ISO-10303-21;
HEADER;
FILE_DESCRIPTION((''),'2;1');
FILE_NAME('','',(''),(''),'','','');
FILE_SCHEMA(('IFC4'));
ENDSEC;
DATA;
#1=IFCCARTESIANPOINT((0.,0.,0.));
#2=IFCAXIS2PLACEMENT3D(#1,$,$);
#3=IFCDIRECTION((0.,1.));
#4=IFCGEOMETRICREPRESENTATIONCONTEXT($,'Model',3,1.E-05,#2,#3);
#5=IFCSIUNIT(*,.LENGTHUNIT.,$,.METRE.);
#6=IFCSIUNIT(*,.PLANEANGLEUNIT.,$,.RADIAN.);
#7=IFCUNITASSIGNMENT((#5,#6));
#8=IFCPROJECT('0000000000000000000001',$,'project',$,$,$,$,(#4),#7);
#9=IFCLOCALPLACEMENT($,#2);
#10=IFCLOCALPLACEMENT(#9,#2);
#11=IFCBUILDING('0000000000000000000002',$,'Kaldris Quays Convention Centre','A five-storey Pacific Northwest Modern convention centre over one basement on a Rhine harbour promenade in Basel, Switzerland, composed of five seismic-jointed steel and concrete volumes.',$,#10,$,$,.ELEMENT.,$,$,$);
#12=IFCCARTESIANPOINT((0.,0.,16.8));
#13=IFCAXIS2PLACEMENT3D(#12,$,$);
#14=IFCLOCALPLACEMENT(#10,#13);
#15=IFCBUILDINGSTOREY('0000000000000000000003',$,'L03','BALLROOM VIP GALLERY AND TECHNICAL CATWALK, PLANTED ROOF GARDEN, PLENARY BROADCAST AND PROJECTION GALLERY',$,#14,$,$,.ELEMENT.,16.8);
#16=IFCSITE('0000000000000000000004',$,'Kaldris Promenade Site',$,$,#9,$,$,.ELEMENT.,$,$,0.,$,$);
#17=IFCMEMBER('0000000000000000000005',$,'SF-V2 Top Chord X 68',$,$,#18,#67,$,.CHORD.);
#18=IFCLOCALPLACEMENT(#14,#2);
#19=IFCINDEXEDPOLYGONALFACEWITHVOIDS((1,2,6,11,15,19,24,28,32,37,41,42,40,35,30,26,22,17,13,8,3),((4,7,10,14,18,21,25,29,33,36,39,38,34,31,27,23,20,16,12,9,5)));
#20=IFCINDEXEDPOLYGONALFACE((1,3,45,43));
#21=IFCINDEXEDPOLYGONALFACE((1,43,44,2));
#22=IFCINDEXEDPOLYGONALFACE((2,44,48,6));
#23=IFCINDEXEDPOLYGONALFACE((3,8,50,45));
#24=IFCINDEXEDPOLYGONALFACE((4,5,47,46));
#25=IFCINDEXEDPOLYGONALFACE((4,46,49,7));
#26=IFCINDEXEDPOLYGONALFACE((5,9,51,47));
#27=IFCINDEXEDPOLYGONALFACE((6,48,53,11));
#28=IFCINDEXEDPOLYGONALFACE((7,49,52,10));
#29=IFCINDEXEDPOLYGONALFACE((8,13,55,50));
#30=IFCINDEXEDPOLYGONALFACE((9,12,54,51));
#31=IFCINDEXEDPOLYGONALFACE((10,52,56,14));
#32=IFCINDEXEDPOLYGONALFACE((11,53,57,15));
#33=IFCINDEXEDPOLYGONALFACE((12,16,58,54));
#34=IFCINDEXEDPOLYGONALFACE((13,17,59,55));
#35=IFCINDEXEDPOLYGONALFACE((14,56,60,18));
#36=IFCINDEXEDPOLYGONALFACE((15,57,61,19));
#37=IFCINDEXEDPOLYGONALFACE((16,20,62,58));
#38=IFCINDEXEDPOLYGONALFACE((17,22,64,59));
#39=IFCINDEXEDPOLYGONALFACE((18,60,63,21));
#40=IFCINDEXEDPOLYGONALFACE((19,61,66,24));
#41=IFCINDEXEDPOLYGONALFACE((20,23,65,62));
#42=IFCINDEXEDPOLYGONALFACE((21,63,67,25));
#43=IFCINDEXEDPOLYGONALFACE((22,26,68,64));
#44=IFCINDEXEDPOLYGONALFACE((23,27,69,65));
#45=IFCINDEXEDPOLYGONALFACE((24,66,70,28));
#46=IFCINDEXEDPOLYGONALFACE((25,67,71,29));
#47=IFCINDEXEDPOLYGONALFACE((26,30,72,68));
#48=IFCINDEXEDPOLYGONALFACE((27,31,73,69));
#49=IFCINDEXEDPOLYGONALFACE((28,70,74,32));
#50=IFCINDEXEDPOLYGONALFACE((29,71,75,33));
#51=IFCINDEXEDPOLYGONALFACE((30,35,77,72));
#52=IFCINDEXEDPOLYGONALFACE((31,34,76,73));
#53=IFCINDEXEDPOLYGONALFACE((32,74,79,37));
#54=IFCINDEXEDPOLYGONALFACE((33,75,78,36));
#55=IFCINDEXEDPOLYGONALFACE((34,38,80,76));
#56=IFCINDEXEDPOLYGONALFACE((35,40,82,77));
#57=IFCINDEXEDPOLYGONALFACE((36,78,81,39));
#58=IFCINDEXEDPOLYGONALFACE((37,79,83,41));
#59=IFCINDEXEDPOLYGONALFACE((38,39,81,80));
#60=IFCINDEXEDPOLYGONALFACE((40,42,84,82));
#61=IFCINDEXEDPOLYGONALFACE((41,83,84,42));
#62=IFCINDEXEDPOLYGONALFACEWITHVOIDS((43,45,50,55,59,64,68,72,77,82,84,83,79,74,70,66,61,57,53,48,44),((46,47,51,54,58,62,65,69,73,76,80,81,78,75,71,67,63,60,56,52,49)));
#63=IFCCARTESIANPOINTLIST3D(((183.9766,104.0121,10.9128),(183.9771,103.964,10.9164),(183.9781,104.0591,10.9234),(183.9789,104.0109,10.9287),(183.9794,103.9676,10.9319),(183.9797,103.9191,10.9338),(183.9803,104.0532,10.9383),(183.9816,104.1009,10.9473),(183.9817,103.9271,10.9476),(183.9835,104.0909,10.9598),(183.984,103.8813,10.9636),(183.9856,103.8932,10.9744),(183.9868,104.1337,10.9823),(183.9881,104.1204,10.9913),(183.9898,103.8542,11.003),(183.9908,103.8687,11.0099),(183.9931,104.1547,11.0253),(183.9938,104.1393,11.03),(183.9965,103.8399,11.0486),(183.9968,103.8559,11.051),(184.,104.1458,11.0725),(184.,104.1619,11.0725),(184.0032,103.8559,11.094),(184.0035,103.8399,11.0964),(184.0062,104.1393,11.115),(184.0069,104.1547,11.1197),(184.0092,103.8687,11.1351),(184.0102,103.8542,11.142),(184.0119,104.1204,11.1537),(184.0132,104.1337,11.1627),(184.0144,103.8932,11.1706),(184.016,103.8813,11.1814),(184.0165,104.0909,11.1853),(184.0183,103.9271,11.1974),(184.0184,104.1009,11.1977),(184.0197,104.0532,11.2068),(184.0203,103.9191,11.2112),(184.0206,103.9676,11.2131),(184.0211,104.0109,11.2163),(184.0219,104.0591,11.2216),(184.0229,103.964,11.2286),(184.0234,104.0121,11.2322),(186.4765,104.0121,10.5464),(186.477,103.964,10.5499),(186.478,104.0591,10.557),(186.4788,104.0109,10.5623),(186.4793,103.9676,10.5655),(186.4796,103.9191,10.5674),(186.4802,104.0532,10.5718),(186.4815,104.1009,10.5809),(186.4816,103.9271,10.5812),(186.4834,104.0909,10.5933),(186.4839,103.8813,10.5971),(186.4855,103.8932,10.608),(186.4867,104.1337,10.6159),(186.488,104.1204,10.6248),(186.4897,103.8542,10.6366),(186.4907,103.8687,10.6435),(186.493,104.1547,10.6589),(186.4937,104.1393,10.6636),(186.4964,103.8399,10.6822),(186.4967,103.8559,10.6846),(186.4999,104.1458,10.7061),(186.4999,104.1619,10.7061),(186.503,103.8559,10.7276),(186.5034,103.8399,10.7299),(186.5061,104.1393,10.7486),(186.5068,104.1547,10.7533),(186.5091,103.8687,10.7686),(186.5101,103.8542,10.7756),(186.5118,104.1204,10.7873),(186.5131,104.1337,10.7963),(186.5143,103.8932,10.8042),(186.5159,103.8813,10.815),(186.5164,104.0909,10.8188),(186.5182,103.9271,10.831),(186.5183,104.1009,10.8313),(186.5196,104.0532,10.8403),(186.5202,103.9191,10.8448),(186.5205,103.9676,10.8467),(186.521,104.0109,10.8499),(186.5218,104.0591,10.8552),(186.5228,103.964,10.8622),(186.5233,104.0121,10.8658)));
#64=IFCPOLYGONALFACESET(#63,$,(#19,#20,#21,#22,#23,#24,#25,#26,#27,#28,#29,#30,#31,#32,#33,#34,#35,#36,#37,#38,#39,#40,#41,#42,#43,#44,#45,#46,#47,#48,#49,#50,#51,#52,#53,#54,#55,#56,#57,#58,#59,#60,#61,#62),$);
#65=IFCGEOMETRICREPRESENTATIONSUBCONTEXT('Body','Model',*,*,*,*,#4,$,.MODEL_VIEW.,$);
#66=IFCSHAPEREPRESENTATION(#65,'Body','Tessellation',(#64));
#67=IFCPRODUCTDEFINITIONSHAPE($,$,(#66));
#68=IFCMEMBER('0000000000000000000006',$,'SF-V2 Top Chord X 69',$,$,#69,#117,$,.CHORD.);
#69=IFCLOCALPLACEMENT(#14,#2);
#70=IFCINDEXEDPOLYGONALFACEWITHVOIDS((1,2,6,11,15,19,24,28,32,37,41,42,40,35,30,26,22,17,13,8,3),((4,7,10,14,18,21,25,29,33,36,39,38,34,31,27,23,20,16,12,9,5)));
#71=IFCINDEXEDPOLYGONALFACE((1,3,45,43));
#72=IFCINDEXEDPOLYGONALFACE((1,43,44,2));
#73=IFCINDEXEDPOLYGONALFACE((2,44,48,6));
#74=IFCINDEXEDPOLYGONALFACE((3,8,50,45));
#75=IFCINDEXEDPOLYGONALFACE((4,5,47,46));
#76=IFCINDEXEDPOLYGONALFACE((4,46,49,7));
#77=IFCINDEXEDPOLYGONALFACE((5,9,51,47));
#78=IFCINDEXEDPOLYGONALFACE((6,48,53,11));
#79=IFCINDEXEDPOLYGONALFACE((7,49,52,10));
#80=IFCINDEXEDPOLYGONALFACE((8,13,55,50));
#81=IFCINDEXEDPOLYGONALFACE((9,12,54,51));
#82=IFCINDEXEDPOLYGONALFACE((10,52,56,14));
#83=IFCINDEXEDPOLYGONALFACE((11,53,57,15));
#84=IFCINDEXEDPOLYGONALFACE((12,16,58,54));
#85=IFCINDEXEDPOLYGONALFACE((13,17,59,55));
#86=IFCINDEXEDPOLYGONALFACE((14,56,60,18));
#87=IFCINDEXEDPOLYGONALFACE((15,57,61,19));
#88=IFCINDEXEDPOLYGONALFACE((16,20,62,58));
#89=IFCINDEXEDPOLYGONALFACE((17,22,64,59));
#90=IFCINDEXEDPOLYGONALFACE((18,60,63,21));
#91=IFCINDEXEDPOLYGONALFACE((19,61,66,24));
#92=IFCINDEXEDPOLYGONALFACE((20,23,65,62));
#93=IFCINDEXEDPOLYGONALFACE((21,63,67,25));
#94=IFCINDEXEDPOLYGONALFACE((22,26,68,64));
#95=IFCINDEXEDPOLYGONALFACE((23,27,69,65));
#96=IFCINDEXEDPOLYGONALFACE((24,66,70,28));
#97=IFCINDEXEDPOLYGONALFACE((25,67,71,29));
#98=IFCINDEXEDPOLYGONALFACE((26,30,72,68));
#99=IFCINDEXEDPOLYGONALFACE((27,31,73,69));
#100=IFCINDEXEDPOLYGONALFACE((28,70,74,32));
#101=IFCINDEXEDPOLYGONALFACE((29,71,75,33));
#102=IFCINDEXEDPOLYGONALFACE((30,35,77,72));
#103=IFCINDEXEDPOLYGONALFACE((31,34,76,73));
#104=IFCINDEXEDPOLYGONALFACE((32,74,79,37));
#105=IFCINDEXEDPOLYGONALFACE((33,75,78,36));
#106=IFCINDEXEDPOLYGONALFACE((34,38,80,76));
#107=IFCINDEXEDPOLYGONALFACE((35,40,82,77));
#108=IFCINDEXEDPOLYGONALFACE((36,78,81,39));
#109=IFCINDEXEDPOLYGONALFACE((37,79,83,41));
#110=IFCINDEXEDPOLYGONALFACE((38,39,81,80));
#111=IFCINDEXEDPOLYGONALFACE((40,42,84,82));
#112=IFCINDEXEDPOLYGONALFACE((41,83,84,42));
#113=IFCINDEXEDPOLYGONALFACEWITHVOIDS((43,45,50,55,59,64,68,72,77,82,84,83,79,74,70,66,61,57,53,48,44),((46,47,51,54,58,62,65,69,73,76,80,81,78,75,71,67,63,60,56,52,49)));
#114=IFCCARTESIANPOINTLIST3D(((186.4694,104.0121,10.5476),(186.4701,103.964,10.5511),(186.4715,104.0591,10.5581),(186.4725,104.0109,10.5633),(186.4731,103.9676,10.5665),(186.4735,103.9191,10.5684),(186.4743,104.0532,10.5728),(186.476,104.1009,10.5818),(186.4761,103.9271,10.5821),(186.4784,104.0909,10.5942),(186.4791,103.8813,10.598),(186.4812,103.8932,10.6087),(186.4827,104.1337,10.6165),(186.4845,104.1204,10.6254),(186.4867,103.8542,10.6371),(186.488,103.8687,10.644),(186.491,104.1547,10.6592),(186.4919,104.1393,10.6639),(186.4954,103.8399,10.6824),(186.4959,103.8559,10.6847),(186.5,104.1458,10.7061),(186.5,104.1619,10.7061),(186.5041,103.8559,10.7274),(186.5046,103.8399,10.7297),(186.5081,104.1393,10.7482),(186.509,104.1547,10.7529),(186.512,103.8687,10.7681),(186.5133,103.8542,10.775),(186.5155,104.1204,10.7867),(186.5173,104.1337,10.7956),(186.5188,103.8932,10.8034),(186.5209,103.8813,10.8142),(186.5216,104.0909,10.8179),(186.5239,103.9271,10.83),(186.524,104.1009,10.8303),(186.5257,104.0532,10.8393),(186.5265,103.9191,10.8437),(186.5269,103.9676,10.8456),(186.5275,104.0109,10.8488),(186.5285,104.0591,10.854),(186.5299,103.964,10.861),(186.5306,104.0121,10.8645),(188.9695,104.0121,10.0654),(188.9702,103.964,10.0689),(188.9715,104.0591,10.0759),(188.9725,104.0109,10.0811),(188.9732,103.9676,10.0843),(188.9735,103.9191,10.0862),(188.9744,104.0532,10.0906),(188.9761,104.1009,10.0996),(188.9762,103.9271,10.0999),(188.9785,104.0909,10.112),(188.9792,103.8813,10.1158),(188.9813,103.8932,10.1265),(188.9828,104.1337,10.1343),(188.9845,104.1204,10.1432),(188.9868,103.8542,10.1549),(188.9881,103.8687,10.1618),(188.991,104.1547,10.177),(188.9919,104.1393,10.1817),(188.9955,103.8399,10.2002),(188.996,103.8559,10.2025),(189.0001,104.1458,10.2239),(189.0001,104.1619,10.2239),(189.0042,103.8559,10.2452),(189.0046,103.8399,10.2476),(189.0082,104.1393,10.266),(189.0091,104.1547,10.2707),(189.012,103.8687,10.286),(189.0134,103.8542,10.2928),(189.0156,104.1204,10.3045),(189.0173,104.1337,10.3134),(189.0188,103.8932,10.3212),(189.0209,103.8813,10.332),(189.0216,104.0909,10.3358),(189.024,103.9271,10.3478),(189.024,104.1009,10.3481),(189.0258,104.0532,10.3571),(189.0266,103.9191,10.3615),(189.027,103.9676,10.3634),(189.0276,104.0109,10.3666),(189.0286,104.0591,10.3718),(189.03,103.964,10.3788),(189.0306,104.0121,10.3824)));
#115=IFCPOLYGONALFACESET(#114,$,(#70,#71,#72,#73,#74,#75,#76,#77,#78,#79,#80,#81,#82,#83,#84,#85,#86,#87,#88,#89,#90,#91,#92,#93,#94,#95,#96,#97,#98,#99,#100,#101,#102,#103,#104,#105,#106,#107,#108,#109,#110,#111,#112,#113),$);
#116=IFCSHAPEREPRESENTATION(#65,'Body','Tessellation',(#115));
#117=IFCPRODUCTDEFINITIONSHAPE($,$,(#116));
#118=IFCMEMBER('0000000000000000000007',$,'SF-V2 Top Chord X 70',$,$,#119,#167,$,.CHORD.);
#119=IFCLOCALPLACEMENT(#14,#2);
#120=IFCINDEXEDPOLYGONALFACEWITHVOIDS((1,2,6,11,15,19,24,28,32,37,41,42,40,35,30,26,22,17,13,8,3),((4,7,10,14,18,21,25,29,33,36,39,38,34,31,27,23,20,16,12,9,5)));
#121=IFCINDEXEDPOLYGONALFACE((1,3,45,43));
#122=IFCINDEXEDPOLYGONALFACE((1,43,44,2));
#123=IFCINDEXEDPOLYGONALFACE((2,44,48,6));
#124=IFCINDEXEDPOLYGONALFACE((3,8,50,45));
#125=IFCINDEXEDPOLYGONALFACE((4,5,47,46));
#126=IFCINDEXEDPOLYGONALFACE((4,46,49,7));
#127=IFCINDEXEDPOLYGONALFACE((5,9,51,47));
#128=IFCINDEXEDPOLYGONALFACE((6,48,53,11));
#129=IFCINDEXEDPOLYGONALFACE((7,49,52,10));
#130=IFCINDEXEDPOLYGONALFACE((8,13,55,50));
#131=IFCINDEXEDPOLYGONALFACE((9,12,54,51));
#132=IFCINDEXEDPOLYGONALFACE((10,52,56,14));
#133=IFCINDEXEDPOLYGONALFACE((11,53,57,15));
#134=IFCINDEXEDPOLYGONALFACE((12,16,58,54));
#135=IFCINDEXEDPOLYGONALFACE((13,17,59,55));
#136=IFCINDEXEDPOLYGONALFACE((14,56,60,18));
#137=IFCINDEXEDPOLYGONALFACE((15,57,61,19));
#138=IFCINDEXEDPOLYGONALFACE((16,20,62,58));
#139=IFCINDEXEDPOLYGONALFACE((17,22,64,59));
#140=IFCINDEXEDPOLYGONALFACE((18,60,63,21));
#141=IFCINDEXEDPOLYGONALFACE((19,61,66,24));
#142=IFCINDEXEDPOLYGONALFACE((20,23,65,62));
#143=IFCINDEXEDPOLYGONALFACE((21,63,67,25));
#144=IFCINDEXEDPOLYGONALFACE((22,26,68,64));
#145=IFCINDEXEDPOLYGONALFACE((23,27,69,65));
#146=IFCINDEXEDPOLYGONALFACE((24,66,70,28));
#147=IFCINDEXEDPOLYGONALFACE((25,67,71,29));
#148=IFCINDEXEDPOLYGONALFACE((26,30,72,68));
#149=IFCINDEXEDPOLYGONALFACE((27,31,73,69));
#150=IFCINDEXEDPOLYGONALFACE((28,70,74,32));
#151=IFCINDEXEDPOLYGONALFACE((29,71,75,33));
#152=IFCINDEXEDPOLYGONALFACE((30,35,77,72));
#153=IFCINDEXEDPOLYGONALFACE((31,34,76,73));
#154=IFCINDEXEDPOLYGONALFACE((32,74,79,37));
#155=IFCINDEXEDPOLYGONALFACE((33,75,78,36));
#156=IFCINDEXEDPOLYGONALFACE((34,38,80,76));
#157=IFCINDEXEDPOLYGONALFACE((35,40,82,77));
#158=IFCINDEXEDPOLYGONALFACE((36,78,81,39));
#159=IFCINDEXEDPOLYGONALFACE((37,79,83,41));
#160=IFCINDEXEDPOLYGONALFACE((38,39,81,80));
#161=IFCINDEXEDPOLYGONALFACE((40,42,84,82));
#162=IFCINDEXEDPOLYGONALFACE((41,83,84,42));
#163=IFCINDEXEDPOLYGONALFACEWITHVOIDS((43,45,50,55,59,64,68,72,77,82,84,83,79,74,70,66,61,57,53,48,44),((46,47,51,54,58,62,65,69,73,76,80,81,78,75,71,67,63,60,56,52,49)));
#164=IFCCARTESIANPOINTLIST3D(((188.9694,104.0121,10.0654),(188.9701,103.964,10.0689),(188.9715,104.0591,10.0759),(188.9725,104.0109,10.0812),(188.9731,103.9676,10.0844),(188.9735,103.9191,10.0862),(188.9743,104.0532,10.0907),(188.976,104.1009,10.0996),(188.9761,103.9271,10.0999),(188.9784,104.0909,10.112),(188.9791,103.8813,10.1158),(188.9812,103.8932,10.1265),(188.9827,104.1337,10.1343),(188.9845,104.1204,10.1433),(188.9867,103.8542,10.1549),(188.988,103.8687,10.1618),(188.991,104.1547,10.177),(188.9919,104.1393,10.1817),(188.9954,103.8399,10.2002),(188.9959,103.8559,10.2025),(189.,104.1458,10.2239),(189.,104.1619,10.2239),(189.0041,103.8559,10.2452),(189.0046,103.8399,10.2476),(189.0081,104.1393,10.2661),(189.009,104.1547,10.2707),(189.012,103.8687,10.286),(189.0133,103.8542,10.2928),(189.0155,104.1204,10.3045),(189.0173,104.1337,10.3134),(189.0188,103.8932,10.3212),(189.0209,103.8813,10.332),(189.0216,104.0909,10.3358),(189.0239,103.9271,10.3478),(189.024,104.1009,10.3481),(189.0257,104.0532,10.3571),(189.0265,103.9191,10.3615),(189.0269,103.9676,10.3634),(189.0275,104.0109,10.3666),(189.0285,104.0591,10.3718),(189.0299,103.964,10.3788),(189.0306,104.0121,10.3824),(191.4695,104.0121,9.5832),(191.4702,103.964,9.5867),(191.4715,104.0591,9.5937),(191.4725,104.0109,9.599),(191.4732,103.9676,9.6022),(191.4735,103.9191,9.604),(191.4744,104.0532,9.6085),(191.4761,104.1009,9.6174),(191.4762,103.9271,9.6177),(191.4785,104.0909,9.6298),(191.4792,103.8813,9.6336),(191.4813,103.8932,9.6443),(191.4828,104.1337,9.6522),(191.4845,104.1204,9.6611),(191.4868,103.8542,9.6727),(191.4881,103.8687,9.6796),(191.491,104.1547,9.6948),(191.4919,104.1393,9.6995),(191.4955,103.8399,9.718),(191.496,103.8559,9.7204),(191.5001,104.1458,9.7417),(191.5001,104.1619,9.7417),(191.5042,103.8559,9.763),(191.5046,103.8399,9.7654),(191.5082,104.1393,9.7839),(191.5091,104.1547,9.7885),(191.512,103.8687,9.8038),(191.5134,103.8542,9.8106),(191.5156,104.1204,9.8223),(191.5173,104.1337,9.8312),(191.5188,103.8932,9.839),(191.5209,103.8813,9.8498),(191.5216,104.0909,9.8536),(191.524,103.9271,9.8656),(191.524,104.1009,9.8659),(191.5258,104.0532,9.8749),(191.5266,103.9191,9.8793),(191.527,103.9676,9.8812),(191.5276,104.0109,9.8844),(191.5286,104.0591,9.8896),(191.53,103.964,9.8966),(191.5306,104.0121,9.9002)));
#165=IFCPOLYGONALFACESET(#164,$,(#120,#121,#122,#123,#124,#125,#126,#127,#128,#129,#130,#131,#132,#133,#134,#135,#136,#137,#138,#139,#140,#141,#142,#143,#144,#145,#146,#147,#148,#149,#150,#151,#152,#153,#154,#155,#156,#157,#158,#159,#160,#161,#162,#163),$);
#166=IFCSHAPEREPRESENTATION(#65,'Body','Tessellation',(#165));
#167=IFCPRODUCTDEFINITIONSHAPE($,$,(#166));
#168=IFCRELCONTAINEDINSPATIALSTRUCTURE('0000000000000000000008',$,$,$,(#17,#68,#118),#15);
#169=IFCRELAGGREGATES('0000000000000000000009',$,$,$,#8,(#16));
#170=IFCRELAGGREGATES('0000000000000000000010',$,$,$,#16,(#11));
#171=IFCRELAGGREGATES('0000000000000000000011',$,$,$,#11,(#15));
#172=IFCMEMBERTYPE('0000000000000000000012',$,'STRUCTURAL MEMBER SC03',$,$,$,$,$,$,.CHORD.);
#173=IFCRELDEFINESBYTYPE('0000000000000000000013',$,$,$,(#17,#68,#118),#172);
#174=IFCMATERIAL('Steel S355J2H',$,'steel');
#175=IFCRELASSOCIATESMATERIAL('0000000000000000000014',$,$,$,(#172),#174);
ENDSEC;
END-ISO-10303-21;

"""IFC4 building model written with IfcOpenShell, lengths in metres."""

from ifc_helpers import new_model, si_unit, direction, frame, origin, origin_2d, place, context, subcontext, project, spatial, hollow_circle, extrude, material, material_profile, profile_set, type_object, element, save


model = new_model("IFC4")

# Units and contexts
model_context = context("Model", 3, precision=1e-05, world=origin(), true_north=direction((0.0, 1.0)))
body_context = subcontext(model_context, "Body", "Model", "MODEL_VIEW")
ifc_project = project(units=[si_unit("LENGTHUNIT", "METRE"), si_unit("PLANEANGLEUNIT", "RADIAN")], contexts=[model_context])

# Site, building, storey
site_placement = place(None, origin())
site = spatial("IfcSite", under=ifc_project, at=site_placement, Name="Kaldris Promenade Site", CompositionType="ELEMENT", RefElevation=0.0)
building_placement = place(site_placement, origin())
building = spatial("IfcBuilding", under=site, at=building_placement, Name="Kaldris Quays Convention Centre", Description="A five-storey Pacific Northwest Modern convention centre over one basement on a Rhine harbour promenade in Basel, Switzerland, composed of five seismic-jointed steel and concrete volumes.", CompositionType="ELEMENT")
storey_placement = place(building_placement, frame((0.0, 0.0, 16.8)))
storey = spatial("IfcBuildingStorey", under=building, at=storey_placement, Name="L03", Description="BALLROOM VIP GALLERY AND TECHNICAL CATWALK, PLANTED ROOF GARDEN, PLENARY BROADCAST AND PROJECTION GALLERY", CompositionType="ELEMENT", Elevation=16.8)

# Members
ifc_material_1 = material(Name="Steel S355J2H", Category="steel")
ifc_material_profile_1 = material_profile(ifc_material_1, hollow_circle(Radius=0.1619, WallThickness=0.0161, at=origin_2d()), Name="CHS 323.9x16")
ifc_profile_set_1 = profile_set([ifc_material_profile_1], Name="Steel S355J2H")
member_type_1 = type_object("IfcMemberType", Name="STRUCTURAL MEMBER SC03", PredefinedType="CHORD", material=ifc_profile_set_1)
member_1_placement = place(storey_placement, frame((184.0, 104.0, 11.0725), z_axis=(0.989427, 0.0, -0.145032), x_axis=(0.0, 1.0, 0.0)))
element("IfcMember", 1, at=member_1_placement, inside=storey, type_object=member_type_1, Name="SF-V2 Top Chord X 68", PredefinedType="CHORD", context=body_context, shape_type="SweptSolid", body=[
    extrude(hollow_circle(Radius=0.1619, WallThickness=0.0161, at=origin_2d()), origin(), (0.0, 0.0, 1.0), 2.5266),
])
for number, where, z_axis, x_axis, name in (
    (2, (186.5, 104.0, 10.7061), (0.981904, 0.0, -0.189381), (0.0, 1.0, 0.0), "SF-V2 Top Chord X 69"),
    (3, (189.0, 104.0, 10.2239), (0.981904, 0.0, -0.189381), (0.0, 1.0, 0.0), "SF-V2 Top Chord X 70"),
):
    element("IfcMember", number, at=place(storey_placement, frame(where, z_axis=z_axis, x_axis=x_axis)), inside=storey, type_object=member_type_1, Name=name, PredefinedType="CHORD", context=body_context, shape_type="SweptSolid", body=[
        extrude(hollow_circle(Radius=0.1619, WallThickness=0.0161, at=origin_2d()), origin(), (0.0, 0.0, 1.0), 2.5461),
    ])

save(model, "model.ifc")
